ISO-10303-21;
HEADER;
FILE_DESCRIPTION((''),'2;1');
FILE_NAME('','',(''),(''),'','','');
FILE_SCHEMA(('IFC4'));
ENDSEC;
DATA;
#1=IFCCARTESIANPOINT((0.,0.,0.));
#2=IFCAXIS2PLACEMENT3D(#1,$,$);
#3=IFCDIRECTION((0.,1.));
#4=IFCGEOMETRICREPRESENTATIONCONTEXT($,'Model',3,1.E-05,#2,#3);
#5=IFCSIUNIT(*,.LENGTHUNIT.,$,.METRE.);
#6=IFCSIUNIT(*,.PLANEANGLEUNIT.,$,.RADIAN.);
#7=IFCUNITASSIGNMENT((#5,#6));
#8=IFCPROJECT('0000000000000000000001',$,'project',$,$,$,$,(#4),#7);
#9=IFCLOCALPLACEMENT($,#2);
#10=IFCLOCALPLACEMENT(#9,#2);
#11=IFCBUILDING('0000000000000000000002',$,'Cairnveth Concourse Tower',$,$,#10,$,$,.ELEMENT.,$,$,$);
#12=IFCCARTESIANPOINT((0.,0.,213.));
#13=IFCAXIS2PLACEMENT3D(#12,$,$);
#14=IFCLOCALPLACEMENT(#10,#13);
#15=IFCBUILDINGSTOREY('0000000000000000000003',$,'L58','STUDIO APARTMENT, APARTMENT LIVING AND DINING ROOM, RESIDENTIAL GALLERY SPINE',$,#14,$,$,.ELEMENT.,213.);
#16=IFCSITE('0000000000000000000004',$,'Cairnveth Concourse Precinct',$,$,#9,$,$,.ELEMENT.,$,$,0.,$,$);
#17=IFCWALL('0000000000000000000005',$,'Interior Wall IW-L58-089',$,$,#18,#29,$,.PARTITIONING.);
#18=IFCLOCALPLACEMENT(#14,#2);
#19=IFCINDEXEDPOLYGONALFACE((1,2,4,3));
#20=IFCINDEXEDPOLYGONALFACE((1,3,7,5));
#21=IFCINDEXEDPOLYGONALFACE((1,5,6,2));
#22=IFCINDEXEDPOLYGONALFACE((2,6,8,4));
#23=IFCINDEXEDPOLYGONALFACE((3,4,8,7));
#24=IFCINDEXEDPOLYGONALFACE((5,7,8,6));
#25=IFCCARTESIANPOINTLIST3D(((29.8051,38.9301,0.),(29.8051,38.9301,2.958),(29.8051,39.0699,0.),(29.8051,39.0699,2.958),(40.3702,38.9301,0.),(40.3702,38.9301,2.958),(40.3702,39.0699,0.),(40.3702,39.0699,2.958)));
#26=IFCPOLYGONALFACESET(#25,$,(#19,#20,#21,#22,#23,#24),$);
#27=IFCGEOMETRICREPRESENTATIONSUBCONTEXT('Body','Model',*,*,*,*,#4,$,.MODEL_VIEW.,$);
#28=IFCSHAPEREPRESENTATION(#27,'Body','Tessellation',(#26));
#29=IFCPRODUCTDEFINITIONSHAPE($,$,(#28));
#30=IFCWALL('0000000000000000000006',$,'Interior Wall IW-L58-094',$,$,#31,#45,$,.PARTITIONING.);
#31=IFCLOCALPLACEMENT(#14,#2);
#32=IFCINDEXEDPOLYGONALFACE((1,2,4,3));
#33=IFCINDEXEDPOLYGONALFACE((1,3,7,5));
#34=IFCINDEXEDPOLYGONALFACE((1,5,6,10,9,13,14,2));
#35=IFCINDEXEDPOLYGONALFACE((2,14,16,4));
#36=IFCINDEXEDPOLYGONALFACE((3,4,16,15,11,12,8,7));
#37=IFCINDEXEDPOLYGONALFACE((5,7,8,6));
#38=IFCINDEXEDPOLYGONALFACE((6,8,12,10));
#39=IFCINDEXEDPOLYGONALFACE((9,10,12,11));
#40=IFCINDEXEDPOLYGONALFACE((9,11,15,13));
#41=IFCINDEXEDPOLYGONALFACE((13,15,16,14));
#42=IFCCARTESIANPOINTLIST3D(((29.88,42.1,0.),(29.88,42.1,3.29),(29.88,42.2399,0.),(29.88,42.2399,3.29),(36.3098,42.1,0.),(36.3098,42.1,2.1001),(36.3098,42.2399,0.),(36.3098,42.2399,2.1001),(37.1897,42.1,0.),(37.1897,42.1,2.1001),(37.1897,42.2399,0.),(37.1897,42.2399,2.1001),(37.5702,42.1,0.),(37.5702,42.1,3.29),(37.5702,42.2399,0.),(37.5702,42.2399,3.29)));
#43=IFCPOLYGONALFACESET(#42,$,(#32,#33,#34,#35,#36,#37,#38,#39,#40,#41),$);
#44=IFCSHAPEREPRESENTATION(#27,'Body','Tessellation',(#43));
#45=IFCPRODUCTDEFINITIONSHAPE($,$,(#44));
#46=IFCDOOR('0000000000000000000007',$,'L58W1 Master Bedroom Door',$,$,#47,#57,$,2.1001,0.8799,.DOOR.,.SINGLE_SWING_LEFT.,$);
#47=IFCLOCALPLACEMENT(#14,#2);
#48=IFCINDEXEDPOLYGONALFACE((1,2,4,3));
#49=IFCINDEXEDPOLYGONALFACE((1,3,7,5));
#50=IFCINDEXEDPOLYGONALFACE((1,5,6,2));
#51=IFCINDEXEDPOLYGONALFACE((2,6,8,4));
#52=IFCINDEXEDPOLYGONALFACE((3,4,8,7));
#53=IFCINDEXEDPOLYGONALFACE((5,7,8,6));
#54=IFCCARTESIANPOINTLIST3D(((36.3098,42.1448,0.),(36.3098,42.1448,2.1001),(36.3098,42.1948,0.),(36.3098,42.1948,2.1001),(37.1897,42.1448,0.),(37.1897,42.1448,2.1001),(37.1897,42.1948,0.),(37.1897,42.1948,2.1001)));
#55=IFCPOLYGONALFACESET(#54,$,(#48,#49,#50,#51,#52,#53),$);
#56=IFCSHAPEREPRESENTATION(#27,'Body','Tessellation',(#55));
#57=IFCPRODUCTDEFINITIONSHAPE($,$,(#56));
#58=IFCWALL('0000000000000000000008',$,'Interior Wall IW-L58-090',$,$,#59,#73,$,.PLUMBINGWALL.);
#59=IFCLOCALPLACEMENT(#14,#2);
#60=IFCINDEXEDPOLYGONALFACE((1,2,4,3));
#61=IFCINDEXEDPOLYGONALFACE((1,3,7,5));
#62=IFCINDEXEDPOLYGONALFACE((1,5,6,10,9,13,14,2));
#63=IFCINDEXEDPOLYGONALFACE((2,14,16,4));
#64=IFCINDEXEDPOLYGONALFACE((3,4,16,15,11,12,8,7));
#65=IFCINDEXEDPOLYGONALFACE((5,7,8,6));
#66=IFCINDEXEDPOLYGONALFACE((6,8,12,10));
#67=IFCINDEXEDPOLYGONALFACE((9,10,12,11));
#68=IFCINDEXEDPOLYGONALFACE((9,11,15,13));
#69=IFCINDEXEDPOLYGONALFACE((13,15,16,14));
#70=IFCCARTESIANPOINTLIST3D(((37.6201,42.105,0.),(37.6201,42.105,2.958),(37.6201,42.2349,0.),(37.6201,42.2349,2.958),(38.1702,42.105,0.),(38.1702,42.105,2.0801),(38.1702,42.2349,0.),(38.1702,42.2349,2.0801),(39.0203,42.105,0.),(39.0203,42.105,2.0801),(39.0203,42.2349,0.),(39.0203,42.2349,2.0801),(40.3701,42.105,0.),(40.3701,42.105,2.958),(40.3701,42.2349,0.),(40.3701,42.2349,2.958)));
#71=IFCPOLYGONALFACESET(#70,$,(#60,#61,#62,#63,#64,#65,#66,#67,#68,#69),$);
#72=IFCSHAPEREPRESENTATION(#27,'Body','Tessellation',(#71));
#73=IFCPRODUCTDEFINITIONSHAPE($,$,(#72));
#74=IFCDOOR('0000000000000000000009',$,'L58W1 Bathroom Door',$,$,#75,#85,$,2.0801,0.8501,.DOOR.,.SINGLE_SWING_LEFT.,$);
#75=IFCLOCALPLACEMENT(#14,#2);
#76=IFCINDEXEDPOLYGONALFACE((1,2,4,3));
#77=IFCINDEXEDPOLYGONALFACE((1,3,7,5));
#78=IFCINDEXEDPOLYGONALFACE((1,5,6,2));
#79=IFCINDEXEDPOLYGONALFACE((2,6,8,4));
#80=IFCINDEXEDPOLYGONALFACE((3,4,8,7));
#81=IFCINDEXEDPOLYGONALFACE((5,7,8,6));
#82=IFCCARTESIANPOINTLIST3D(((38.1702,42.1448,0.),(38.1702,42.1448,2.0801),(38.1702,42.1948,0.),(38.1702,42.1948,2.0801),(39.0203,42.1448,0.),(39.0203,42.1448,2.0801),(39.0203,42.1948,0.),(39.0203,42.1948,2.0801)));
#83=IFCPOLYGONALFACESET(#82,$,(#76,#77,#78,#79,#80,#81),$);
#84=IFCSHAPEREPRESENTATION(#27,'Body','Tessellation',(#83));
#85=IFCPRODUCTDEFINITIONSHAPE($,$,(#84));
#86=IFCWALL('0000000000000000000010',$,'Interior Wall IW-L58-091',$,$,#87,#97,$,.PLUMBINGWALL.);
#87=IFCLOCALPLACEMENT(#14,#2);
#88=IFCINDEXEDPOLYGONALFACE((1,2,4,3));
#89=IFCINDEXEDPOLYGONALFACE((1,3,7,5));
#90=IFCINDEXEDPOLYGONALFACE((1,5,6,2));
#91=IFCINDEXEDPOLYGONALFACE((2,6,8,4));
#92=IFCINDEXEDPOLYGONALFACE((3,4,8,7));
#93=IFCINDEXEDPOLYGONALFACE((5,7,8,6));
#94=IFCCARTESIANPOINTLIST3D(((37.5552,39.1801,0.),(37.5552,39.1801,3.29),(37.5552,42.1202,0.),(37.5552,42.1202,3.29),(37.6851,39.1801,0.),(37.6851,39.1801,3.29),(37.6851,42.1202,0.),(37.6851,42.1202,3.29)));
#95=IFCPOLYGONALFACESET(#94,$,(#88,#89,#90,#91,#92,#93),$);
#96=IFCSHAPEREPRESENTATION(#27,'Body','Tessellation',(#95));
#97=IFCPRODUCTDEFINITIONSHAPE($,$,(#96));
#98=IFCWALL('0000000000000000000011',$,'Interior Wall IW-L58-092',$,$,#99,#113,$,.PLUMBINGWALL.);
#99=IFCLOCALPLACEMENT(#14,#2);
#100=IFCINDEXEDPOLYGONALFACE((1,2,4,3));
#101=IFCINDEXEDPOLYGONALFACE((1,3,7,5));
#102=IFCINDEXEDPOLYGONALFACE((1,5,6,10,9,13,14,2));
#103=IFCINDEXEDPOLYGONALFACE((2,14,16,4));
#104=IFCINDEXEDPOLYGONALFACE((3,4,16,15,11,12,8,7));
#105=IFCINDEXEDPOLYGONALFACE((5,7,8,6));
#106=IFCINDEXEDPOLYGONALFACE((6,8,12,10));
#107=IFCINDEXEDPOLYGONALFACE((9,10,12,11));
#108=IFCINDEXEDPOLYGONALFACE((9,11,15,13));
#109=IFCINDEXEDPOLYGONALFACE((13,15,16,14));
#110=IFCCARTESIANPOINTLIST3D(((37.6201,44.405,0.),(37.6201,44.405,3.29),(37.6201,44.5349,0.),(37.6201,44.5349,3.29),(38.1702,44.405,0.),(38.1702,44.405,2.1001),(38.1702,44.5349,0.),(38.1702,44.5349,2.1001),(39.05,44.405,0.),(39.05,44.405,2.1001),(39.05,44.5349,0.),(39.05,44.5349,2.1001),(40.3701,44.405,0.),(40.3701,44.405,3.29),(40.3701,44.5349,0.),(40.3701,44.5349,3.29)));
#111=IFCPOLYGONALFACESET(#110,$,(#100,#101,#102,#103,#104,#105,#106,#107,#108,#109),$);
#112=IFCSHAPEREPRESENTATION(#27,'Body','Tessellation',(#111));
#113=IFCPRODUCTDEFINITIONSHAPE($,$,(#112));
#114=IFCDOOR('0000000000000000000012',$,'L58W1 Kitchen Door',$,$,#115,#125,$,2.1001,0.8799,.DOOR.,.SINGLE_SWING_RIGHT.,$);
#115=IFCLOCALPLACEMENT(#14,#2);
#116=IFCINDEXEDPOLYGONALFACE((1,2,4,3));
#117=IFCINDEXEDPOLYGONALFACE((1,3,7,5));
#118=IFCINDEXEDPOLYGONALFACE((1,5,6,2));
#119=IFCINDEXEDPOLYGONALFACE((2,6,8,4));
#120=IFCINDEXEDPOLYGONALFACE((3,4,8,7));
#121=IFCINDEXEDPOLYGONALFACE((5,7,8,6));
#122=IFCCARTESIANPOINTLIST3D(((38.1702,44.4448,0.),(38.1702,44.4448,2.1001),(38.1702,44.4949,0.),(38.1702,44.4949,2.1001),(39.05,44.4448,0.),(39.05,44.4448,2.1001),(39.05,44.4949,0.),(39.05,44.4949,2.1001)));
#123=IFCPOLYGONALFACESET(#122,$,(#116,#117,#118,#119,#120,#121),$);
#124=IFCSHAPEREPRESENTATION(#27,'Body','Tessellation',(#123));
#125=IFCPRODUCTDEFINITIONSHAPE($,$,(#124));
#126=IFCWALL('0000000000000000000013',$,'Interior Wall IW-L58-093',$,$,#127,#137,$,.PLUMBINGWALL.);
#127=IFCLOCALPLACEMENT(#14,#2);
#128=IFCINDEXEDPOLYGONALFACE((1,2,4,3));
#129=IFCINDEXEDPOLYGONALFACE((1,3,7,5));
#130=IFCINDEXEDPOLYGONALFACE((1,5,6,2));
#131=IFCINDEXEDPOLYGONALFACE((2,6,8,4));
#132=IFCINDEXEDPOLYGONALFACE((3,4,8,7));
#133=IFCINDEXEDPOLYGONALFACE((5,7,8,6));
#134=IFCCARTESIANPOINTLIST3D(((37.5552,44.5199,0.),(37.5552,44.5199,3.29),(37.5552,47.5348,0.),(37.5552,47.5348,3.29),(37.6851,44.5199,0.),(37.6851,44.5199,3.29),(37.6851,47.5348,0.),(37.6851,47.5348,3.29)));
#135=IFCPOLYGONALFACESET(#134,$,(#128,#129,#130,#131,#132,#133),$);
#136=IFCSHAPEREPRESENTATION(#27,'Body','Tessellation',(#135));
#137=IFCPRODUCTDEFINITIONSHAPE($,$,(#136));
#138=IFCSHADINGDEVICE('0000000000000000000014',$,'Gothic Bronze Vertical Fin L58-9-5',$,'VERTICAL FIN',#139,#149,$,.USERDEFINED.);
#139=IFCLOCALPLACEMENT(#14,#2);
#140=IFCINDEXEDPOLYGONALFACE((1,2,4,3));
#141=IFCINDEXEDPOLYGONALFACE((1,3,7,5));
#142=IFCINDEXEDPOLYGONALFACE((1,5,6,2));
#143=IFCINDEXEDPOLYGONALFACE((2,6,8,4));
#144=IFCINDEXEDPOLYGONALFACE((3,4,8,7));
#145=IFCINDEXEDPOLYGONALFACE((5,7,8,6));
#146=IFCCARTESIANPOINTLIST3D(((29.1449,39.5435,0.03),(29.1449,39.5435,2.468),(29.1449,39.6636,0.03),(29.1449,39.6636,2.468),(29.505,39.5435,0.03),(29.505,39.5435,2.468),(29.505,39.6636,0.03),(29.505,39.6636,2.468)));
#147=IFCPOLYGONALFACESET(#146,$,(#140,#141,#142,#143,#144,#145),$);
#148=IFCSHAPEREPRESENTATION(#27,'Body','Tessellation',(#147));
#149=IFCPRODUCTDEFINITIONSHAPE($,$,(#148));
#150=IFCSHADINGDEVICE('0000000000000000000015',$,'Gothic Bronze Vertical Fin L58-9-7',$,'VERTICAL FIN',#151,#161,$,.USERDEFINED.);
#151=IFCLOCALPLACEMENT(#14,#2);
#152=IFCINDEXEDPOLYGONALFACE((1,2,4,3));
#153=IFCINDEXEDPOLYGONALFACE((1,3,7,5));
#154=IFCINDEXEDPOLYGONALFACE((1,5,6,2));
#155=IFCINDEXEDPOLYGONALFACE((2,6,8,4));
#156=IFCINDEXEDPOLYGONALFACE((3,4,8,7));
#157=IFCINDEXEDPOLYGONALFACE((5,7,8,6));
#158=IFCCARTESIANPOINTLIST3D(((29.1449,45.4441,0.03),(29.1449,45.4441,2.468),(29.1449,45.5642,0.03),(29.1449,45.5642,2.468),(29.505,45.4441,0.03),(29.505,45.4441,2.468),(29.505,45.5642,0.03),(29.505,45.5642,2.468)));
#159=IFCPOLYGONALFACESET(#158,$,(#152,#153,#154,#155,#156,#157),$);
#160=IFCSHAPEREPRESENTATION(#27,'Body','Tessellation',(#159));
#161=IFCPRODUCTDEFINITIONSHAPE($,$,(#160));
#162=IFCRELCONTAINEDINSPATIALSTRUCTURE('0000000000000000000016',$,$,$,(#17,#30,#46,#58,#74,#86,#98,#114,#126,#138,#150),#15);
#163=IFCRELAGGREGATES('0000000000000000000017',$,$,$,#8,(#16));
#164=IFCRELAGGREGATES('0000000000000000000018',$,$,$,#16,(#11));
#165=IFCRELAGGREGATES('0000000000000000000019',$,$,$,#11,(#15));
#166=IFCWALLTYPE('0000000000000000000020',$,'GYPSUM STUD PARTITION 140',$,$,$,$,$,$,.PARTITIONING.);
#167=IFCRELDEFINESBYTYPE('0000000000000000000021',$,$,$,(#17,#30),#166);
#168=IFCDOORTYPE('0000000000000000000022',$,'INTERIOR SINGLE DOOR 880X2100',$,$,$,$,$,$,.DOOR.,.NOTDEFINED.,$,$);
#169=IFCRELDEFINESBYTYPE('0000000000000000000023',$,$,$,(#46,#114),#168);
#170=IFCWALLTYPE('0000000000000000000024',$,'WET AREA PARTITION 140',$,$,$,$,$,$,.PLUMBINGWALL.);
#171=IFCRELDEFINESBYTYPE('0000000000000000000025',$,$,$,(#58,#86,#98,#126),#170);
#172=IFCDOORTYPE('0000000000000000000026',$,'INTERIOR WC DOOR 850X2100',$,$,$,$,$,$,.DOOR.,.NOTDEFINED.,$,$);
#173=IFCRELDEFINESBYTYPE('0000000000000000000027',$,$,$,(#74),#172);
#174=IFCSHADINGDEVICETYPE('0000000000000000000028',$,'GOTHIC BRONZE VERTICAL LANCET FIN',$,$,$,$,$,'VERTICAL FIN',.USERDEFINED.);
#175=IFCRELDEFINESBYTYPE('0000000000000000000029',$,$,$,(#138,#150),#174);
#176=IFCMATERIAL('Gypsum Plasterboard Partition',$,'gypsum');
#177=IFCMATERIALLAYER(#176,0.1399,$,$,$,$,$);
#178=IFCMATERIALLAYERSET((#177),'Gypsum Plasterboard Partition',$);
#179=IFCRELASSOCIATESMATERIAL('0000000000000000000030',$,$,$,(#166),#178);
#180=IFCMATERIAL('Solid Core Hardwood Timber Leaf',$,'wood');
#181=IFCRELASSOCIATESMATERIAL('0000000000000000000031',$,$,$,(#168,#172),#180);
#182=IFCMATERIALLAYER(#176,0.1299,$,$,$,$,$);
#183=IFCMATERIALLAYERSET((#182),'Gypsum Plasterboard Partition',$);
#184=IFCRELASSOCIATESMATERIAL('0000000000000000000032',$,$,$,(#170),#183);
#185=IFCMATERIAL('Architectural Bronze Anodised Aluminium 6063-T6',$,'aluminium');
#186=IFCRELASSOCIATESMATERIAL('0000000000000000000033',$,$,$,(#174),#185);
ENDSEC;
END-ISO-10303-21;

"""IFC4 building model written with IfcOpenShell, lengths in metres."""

from ifc_helpers import new_model, si_unit, direction, frame, frame_2d, origin, origin_2d, place, context, subcontext, project, spatial, rectangle, extrude, material, layer, layer_set, type_object, element, fill, save


model = new_model("IFC4")

# Units and contexts
model_context = context("Model", 3, precision=1e-05, world=origin(), true_north=direction((0.0, 1.0)))
body_context = subcontext(model_context, "Body", "Model", "MODEL_VIEW")
ifc_project = project(units=[si_unit("LENGTHUNIT", "METRE"), si_unit("PLANEANGLEUNIT", "RADIAN")], contexts=[model_context])

# Site, building, storey
site_placement = place(None, origin())
site = spatial("IfcSite", under=ifc_project, at=site_placement, Name="Cairnveth Concourse Precinct", CompositionType="ELEMENT", RefElevation=0.0)
building_placement = place(site_placement, origin())
building = spatial("IfcBuilding", under=site, at=building_placement, Name="Cairnveth Concourse Tower", CompositionType="ELEMENT")
storey_placement = place(building_placement, frame((0.0, 0.0, 213.0)))
storey = spatial("IfcBuildingStorey", under=building, at=storey_placement, Name="L58", Description="STUDIO APARTMENT, APARTMENT LIVING AND DINING ROOM, RESIDENTIAL GALLERY SPINE", CompositionType="ELEMENT", Elevation=213.0)

# Shared definitions
ifc_material_1 = material(Name="Gypsum Plasterboard Partition", Category="gypsum")
ifc_material_2 = material(Name="Solid Core Hardwood Timber Leaf", Category="wood")

# Wall
ifc_layer_1 = layer(ifc_material_1, 0.1399)
ifc_layer_set_1 = layer_set([ifc_layer_1], Name="Gypsum Plasterboard Partition")
wall_type_1 = type_object("IfcWallType", Name="GYPSUM STUD PARTITION 140", PredefinedType="PARTITIONING", material=ifc_layer_set_1)
wall_1_placement = place(storey_placement, frame((29.8049, 39.0, 0.0), z_axis=(0.0, 0.0, 1.0), x_axis=(1.0, 0.0, 0.0)))
element("IfcWall", 1, at=wall_1_placement, inside=storey, type_object=wall_type_1, Name="Interior Wall IW-L58-089", PredefinedType="PARTITIONING", context=body_context, shape_type="SweptSolid", body=[
    extrude(rectangle(XDim=10.5652, YDim=0.1399, at=frame_2d((5.2827, 0.0))), origin(), (0.0, 0.0, 1.0), 2.958),
])

# Walls, openings, doors
wall_2_placement = place(storey_placement, frame((29.8799, 42.1699, 0.0), z_axis=(0.0, 0.0, 1.0), x_axis=(1.0, 0.0, 0.0)))
wall_2 = element("IfcWall", 2, at=wall_2_placement, inside=storey, type_object=wall_type_1, Name="Interior Wall IW-L58-094", PredefinedType="PARTITIONING", context=body_context, shape_type="SweptSolid", body=[
    extrude(rectangle(XDim=7.6902, YDim=0.1399, at=frame_2d((3.8452, 0.0))), origin(), (0.0, 0.0, 1.0), 3.29),
])
opening_1_placement = place(wall_2_placement, frame((6.4299, 0.0, 0.0)))
opening_1 = element("IfcOpeningElement", 3, at=opening_1_placement, cuts=wall_2, PredefinedType="OPENING", context=body_context, shape_type="SweptSolid", body=[
    extrude(rectangle(XDim=0.8799, YDim=2.1001, at=frame_2d((0.4399, 1.05))), frame((0.0, 0.0798, 0.0), z_axis=(0.0, -1.0, 0.0), x_axis=(1.0, 0.0, 0.0)), (0.0, 0.0, 1.0), 0.1599),
])
door_type_1 = type_object("IfcDoorType", Name="INTERIOR SINGLE DOOR 880X2100", OperationType="NOTDEFINED", PredefinedType="DOOR", material=ifc_material_2)
door_1_placement = place(opening_1_placement, origin())
door_1 = element("IfcDoor", 4, at=door_1_placement, inside=storey, type_object=door_type_1, Name="L58W1 Master Bedroom Door", OperationType="SINGLE_SWING_LEFT", OverallHeight=2.1001, OverallWidth=0.8799, PredefinedType="DOOR", context=body_context, shape_type="SweptSolid", body=[
    extrude(rectangle(XDim=0.8799, YDim=2.1001, at=frame_2d((0.4399, 1.05))), frame((0.0, 0.0249, 0.0), z_axis=(0.0, -1.0, 0.0), x_axis=(1.0, 0.0, 0.0)), (0.0, 0.0, 1.0), 0.05),
])
fill(opening_1, door_1)
ifc_layer_2 = layer(ifc_material_1, 0.1299)
ifc_layer_set_2 = layer_set([ifc_layer_2], Name="Gypsum Plasterboard Partition")
wall_type_2 = type_object("IfcWallType", Name="WET AREA PARTITION 140", PredefinedType="PLUMBINGWALL", material=ifc_layer_set_2)
wall_3_placement = place(storey_placement, frame((37.6201, 42.1699, 0.0), z_axis=(0.0, 0.0, 1.0), x_axis=(1.0, 0.0, 0.0)))
wall_3 = element("IfcWall", 5, at=wall_3_placement, inside=storey, type_object=wall_type_2, Name="Interior Wall IW-L58-090", PredefinedType="PLUMBINGWALL", context=body_context, shape_type="SweptSolid", body=[
    extrude(rectangle(XDim=2.75, YDim=0.1299, at=frame_2d((1.375, 0.0))), origin(), (0.0, 0.0, 1.0), 2.958),
])
opening_2_placement = place(wall_3_placement, frame((0.55, 0.0, 0.0)))
opening_2 = element("IfcOpeningElement", 6, at=opening_2_placement, cuts=wall_3, PredefinedType="OPENING", context=body_context, shape_type="SweptSolid", body=[
    extrude(rectangle(XDim=0.8501, YDim=2.0801, at=frame_2d((0.425, 1.04))), frame((0.0, 0.075, 0.0), z_axis=(0.0, -1.0, 0.0), x_axis=(1.0, 0.0, 0.0)), (0.0, 0.0, 1.0), 0.1499),
])
door_type_2 = type_object("IfcDoorType", Name="INTERIOR WC DOOR 850X2100", OperationType="NOTDEFINED", PredefinedType="DOOR", material=ifc_material_2)
door_2_placement = place(opening_2_placement, origin())
door_2 = element("IfcDoor", 7, at=door_2_placement, inside=storey, type_object=door_type_2, Name="L58W1 Bathroom Door", OperationType="SINGLE_SWING_LEFT", OverallHeight=2.0801, OverallWidth=0.8501, PredefinedType="DOOR", context=body_context, shape_type="SweptSolid", body=[
    extrude(rectangle(XDim=0.8501, YDim=2.0801, at=frame_2d((0.425, 1.04))), frame((0.0, 0.0249, 0.0), z_axis=(0.0, -1.0, 0.0), x_axis=(1.0, 0.0, 0.0)), (0.0, 0.0, 1.0), 0.05),
])
fill(opening_2, door_2)

# Wall
wall_4_placement = place(storey_placement, frame((37.6201, 39.1799, 0.0), z_axis=(0.0, 0.0, 1.0), x_axis=(0.0, 1.0, 0.0)))
element("IfcWall", 8, at=wall_4_placement, inside=storey, type_object=wall_type_2, Name="Interior Wall IW-L58-091", PredefinedType="PLUMBINGWALL", context=body_context, shape_type="SweptSolid", body=[
    extrude(rectangle(XDim=2.9402, YDim=0.1299, at=frame_2d((1.4702, 0.0))), origin(), (0.0, 0.0, 1.0), 3.29),
])

# Wall, opening, door
wall_5_placement = place(storey_placement, frame((37.6201, 44.47, 0.0), z_axis=(0.0, 0.0, 1.0), x_axis=(1.0, 0.0, 0.0)))
wall_5 = element("IfcWall", 9, at=wall_5_placement, inside=storey, type_object=wall_type_2, Name="Interior Wall IW-L58-092", PredefinedType="PLUMBINGWALL", context=body_context, shape_type="SweptSolid", body=[
    extrude(rectangle(XDim=2.75, YDim=0.1299, at=frame_2d((1.375, 0.0))), origin(), (0.0, 0.0, 1.0), 3.29),
])
opening_3_placement = place(wall_5_placement, frame((0.55, 0.0, 0.0)))
opening_3 = element("IfcOpeningElement", 10, at=opening_3_placement, cuts=wall_5, PredefinedType="OPENING", context=body_context, shape_type="SweptSolid", body=[
    extrude(rectangle(XDim=0.8799, YDim=2.1001, at=frame_2d((0.4399, 1.05))), frame((0.0, 0.075, 0.0), z_axis=(0.0, -1.0, 0.0), x_axis=(1.0, 0.0, 0.0)), (0.0, 0.0, 1.0), 0.1499),
])
door_3_placement = place(opening_3_placement, origin())
door_3 = element("IfcDoor", 11, at=door_3_placement, inside=storey, type_object=door_type_1, Name="L58W1 Kitchen Door", OperationType="SINGLE_SWING_RIGHT", OverallHeight=2.1001, OverallWidth=0.8799, PredefinedType="DOOR", context=body_context, shape_type="SweptSolid", body=[
    extrude(rectangle(XDim=0.8799, YDim=2.1001, at=frame_2d((0.4399, 1.05))), frame((0.0, 0.0249, 0.0), z_axis=(0.0, -1.0, 0.0), x_axis=(1.0, 0.0, 0.0)), (0.0, 0.0, 1.0), 0.05),
])
fill(opening_3, door_3)

# Wall
wall_6_placement = place(storey_placement, frame((37.6201, 44.52, 0.0), z_axis=(0.0, 0.0, 1.0), x_axis=(0.0, 1.0, 0.0)))
element("IfcWall", 12, at=wall_6_placement, inside=storey, type_object=wall_type_2, Name="Interior Wall IW-L58-093", PredefinedType="PLUMBINGWALL", context=body_context, shape_type="SweptSolid", body=[
    extrude(rectangle(XDim=3.0149, YDim=0.1299, at=frame_2d((1.5073, 0.0))), origin(), (0.0, 0.0, 1.0), 3.29),
])

# Shading devices
ifc_material_3 = material(Name="Architectural Bronze Anodised Aluminium 6063-T6", Category="aluminium")
shading_device_type = type_object("IfcShadingDeviceType", Name="GOTHIC BRONZE VERTICAL LANCET FIN", ElementType="VERTICAL FIN", PredefinedType="USERDEFINED", material=ifc_material_3)
for number, where, z_axis, x_axis, name in (
    (13, (29.325, 39.6035, 0.03), (0.0, 0.0, 1.0), (0.0, 1.0, 0.0), "Gothic Bronze Vertical Fin L58-9-5"),
    (14, (29.325, 45.5042, 0.03), (0.0, 0.0, 1.0), (0.0, 1.0, 0.0), "Gothic Bronze Vertical Fin L58-9-7"),
):
    element("IfcShadingDevice", number, at=place(storey_placement, frame(where, z_axis=z_axis, x_axis=x_axis)), inside=storey, type_object=shading_device_type, Name=name, ObjectType="VERTICAL FIN", PredefinedType="USERDEFINED", context=body_context, shape_type="SweptSolid", body=[
        extrude(rectangle(XDim=0.1201, YDim=0.3601, at=origin_2d()), origin(), (0.0, 0.0, 1.0), 2.438),
    ])

save(model, "model.ifc")
